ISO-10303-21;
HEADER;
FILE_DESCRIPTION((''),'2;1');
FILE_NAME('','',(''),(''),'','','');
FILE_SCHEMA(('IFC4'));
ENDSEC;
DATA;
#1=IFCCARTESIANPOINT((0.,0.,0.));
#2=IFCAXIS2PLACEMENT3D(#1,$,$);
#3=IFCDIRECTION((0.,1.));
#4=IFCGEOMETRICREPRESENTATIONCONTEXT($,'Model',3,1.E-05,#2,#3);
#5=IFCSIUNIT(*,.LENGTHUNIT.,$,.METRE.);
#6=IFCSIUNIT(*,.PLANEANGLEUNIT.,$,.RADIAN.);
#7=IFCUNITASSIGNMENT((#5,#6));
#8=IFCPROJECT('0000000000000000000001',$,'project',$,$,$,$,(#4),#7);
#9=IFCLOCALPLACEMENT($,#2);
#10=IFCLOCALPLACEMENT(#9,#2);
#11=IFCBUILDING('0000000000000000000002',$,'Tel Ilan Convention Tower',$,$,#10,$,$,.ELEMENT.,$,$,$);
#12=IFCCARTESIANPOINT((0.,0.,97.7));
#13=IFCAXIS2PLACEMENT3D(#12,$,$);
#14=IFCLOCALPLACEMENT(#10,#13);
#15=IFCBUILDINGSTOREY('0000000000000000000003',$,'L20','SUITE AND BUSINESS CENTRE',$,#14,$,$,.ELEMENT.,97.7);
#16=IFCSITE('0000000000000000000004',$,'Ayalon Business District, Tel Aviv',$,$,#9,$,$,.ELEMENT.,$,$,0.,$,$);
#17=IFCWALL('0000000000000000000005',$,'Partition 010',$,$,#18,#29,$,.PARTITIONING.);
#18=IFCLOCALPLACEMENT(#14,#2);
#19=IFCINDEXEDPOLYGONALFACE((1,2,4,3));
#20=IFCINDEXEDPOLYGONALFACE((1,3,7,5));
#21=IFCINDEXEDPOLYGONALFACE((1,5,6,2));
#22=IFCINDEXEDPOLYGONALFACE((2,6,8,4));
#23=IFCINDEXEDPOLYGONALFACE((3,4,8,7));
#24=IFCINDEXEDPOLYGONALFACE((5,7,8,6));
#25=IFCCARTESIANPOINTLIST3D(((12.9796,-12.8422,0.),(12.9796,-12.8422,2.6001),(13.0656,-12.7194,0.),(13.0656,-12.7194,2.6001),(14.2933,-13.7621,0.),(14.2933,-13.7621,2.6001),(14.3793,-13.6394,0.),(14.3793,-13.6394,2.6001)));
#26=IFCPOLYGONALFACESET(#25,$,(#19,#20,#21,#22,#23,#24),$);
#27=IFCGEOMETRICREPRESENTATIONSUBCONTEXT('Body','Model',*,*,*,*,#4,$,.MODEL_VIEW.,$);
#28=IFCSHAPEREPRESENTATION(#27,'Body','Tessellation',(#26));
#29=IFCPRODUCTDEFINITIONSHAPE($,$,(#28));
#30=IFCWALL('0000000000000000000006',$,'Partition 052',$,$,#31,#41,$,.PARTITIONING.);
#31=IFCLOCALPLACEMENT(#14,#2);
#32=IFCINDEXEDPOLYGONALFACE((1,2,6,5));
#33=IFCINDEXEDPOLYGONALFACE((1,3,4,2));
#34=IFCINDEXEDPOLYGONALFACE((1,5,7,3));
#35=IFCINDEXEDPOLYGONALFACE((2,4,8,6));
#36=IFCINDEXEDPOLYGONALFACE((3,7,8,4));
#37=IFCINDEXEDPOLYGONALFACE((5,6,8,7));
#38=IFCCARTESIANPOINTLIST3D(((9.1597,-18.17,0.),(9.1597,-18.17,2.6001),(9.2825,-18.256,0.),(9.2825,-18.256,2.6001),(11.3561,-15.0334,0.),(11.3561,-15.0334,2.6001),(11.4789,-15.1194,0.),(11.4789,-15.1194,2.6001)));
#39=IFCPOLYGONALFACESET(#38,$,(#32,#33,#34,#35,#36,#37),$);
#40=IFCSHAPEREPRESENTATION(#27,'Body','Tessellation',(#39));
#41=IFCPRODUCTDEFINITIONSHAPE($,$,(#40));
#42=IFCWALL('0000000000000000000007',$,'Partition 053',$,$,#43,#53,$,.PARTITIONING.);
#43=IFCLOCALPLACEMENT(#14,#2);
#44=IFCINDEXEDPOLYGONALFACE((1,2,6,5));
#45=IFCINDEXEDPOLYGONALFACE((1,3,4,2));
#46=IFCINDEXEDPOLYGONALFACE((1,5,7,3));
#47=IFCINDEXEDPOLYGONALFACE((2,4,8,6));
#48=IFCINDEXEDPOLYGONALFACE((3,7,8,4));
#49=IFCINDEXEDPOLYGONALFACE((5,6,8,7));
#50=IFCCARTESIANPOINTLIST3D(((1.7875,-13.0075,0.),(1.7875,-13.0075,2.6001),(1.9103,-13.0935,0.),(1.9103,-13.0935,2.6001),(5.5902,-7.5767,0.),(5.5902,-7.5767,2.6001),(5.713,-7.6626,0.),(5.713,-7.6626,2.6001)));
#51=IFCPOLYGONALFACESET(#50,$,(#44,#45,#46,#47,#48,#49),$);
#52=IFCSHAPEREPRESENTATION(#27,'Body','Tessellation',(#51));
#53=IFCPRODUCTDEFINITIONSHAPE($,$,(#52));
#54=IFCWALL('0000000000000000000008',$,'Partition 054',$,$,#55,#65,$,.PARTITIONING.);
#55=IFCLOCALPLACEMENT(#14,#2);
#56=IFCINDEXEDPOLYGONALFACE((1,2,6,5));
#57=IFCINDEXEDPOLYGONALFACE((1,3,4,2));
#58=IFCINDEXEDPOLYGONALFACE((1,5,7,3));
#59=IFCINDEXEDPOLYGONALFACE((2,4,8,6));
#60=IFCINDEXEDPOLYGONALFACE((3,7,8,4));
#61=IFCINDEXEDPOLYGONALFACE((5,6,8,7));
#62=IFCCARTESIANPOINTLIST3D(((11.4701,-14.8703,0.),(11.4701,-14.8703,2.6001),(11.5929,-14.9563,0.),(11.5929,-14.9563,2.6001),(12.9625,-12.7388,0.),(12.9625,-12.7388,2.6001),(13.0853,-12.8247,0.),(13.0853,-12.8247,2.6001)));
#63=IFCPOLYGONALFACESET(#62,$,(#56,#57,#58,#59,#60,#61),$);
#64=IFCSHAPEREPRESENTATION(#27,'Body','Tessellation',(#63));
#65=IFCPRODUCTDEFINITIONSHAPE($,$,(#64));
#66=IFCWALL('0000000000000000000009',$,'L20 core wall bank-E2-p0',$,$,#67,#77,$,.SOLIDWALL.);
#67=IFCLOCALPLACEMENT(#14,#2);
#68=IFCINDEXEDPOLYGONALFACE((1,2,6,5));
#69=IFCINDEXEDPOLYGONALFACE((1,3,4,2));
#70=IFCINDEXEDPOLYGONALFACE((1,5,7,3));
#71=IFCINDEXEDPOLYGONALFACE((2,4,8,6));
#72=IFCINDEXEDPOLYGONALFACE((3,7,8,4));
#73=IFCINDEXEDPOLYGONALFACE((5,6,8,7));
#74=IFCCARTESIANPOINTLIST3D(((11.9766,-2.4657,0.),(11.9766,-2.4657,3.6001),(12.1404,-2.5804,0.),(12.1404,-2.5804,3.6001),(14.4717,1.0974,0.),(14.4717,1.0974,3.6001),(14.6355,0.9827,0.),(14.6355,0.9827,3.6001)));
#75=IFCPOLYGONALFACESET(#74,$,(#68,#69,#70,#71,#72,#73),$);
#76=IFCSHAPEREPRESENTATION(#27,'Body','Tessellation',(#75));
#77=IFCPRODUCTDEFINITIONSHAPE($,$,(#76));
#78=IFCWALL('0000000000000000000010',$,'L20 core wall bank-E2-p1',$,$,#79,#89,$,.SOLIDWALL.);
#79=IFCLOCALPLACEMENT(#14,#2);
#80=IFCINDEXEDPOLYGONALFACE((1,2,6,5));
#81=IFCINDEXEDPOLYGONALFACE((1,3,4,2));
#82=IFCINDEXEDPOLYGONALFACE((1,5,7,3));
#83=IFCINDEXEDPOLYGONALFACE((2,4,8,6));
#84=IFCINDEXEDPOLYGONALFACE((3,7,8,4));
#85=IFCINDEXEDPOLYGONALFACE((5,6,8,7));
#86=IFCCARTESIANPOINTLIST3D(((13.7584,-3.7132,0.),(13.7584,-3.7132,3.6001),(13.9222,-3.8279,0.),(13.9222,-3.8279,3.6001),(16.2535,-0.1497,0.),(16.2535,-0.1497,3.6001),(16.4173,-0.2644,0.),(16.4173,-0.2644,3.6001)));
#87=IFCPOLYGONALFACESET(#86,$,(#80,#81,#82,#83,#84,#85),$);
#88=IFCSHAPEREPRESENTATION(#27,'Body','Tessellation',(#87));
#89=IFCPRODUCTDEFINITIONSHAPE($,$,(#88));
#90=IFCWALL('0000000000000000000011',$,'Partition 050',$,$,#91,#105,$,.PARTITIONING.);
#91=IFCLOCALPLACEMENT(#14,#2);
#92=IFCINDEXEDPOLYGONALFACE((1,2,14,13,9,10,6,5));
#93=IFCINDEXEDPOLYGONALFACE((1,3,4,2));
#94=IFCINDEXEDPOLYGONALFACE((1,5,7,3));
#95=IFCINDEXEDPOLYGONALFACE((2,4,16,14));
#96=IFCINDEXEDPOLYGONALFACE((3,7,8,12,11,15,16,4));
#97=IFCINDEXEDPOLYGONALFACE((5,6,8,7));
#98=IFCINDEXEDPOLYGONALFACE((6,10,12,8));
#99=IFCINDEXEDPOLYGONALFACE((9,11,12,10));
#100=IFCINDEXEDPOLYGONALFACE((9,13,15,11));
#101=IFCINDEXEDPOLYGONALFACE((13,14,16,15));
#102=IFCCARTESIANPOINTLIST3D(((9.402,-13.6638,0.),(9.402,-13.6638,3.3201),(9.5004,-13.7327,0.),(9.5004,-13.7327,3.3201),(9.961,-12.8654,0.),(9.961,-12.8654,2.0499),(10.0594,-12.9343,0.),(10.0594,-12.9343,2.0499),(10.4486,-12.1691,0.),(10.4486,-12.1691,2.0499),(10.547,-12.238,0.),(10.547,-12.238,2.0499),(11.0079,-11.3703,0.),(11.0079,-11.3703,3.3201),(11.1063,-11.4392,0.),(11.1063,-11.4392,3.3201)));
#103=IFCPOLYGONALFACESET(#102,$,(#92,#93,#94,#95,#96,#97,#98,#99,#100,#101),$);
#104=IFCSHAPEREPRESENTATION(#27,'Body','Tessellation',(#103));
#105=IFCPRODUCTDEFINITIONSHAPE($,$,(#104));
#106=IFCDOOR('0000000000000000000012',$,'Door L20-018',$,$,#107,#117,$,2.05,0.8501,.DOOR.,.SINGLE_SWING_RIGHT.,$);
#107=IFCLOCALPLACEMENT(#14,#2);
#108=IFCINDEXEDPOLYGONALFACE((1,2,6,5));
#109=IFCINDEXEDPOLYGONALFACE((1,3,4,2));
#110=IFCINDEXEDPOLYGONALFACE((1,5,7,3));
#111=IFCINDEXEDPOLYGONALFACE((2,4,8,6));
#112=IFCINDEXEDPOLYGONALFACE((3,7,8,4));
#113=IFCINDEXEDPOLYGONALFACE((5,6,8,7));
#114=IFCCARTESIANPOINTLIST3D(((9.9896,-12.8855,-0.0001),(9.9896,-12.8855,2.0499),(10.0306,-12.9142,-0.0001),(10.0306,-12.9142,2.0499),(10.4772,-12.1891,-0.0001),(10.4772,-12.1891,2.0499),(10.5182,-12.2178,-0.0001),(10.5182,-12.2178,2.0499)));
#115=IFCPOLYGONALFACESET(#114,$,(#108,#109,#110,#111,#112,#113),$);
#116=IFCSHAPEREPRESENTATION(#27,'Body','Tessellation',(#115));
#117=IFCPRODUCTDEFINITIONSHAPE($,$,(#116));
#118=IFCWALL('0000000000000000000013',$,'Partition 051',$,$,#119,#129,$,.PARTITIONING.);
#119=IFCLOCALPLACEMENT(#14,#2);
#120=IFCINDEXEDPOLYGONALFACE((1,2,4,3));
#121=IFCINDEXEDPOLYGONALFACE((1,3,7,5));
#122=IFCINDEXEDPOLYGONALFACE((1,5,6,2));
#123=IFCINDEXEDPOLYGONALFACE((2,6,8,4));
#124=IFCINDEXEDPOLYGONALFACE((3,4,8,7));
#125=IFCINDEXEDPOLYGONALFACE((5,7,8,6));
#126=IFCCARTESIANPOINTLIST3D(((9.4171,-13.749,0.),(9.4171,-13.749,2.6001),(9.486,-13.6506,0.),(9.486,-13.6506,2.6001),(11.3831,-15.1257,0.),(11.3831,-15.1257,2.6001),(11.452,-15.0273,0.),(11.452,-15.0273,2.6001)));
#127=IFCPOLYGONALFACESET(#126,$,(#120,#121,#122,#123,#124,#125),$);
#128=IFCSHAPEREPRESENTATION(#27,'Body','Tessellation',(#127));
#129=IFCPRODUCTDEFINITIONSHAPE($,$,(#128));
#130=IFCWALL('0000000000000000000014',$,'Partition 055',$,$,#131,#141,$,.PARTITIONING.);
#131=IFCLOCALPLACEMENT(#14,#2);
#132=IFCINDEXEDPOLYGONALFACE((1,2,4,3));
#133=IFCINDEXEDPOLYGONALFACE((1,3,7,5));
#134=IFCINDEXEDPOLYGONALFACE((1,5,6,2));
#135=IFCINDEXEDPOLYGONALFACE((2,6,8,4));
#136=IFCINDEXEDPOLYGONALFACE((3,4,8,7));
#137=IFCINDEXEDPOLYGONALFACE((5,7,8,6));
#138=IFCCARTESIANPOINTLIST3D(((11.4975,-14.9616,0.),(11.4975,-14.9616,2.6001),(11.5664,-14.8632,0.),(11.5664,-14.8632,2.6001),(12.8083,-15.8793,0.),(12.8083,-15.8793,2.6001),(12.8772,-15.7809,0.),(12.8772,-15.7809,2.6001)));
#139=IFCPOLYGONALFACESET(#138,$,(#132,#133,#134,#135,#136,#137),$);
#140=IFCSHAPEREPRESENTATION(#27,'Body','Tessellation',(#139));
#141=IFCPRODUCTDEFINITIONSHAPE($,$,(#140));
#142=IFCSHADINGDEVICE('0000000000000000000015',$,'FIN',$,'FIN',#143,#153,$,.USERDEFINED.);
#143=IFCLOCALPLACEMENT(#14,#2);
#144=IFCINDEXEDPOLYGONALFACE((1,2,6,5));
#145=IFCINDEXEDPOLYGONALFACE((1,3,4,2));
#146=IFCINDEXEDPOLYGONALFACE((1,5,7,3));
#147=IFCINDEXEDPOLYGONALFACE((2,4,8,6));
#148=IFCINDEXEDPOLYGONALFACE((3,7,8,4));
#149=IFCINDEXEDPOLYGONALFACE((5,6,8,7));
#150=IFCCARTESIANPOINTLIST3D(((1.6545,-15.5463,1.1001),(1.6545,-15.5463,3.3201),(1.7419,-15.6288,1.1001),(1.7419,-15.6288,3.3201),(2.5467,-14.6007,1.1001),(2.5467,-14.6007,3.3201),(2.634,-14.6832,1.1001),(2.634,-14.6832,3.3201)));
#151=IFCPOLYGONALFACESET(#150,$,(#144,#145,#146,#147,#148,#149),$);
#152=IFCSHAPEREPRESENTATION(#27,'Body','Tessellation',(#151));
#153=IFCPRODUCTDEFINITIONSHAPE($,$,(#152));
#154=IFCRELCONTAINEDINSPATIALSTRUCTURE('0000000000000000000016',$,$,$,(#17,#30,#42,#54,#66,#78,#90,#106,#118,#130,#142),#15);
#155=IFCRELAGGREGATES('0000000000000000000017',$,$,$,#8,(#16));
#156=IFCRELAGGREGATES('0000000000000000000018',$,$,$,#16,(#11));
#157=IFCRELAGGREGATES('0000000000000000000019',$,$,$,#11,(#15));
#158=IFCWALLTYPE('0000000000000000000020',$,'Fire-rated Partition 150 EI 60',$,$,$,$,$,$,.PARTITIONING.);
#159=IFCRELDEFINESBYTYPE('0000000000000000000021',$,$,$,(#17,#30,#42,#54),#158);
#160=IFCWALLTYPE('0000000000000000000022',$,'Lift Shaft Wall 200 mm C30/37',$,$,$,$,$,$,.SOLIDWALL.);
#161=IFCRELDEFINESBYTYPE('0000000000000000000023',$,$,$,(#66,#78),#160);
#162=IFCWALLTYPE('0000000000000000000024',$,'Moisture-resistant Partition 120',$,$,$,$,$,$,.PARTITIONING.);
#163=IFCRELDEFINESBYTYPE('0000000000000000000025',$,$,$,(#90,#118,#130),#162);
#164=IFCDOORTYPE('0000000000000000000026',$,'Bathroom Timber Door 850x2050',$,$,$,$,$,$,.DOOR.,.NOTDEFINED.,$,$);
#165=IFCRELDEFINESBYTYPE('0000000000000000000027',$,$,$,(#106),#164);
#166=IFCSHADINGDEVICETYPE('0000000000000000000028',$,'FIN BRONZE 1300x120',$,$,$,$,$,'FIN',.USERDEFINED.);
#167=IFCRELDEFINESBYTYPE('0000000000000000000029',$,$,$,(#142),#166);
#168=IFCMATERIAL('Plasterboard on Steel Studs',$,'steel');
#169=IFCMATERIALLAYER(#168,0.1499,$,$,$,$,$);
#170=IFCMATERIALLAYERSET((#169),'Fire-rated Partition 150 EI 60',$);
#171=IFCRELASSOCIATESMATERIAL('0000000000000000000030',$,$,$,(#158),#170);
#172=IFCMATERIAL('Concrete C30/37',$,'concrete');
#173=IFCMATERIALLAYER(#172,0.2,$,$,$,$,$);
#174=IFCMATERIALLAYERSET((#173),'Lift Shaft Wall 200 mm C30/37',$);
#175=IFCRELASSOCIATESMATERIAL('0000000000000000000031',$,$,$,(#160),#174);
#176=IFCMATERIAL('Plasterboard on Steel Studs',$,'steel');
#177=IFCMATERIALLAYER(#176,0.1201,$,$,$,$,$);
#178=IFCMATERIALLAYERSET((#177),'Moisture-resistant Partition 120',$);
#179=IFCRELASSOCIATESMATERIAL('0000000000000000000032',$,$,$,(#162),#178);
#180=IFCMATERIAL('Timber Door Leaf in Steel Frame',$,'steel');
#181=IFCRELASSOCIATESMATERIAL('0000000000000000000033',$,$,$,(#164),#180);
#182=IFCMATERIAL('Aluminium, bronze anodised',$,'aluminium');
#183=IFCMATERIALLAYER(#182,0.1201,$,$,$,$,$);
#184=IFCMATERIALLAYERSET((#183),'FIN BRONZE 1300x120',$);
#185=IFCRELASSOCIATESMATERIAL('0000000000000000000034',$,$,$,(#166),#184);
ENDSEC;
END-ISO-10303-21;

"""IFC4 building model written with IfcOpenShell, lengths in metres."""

from ifc_helpers import new_model, si_unit, direction, frame, frame_2d, origin, origin_2d, place, context, subcontext, project, spatial, rectangle, extrude, material, layer, layer_set, type_object, element, fill, save


model = new_model("IFC4")

# Units and contexts
model_context = context("Model", 3, precision=1e-05, world=origin(), true_north=direction((0.0, 1.0)))
body_context = subcontext(model_context, "Body", "Model", "MODEL_VIEW")
ifc_project = project(units=[si_unit("LENGTHUNIT", "METRE"), si_unit("PLANEANGLEUNIT", "RADIAN")], contexts=[model_context])

# Site, building, storey
site_placement = place(None, origin())
site = spatial("IfcSite", under=ifc_project, at=site_placement, Name="Ayalon Business District, Tel Aviv", CompositionType="ELEMENT", RefElevation=0.0)
building_placement = place(site_placement, origin())
building = spatial("IfcBuilding", under=site, at=building_placement, Name="Tel Ilan Convention Tower", CompositionType="ELEMENT")
storey_placement = place(building_placement, frame((0.0, 0.0, 97.7)))
storey = spatial("IfcBuildingStorey", under=building, at=storey_placement, Name="L20", Description="SUITE AND BUSINESS CENTRE", CompositionType="ELEMENT", Elevation=97.7)

# Shared definitions
ifc_material_1 = material(Name="Plasterboard on Steel Studs", Category="steel")
ifc_layer_1 = layer(ifc_material_1, 0.1499)
ifc_layer_set_1 = layer_set([ifc_layer_1], Name="Fire-rated Partition 150 EI 60")
wall_type_1 = type_object("IfcWallType", Name="Fire-rated Partition 150 EI 60", PredefinedType="PARTITIONING", material=ifc_layer_set_1)

# Walls
wall_1_placement = place(storey_placement, frame((14.3362, -13.7007, 0.0), z_axis=(0.0, 0.0, 1.0), x_axis=(-0.819139, 0.573595, 0.0)))
element("IfcWall", 1, at=wall_1_placement, inside=storey, type_object=wall_type_1, Name="Partition 010", PredefinedType="PARTITIONING", context=body_context, shape_type="SweptSolid", body=[
    extrude(rectangle(XDim=1.6038, YDim=0.1499, at=frame_2d((0.8018, 0.0))), origin(), (0.0, 0.0, 1.0), 2.6001),
])
wall_2_placement = place(storey_placement, frame((11.4175, -15.0764, 0.0), z_axis=(0.0, 0.0, 1.0), x_axis=(-0.573595, -0.819139, 0.0)))
element("IfcWall", 2, at=wall_2_placement, inside=storey, type_object=wall_type_1, Name="Partition 052", PredefinedType="PARTITIONING", context=body_context, shape_type="SweptSolid", body=[
    extrude(rectangle(XDim=3.8291, YDim=0.1499, at=frame_2d((1.9146, 0.0))), origin(), (0.0, 0.0, 1.0), 2.6001),
])
wall_3_placement = place(storey_placement, frame((1.8489, -13.0505, 0.0), z_axis=(0.0, 0.0, 1.0), x_axis=(0.573574, 0.819154, 0.0)))
element("IfcWall", 3, at=wall_3_placement, inside=storey, type_object=wall_type_1, Name="Partition 053", PredefinedType="PARTITIONING", context=body_context, shape_type="SweptSolid", body=[
    extrude(rectangle(XDim=6.6299, YDim=0.1499, at=frame_2d((3.3149, 0.0))), origin(), (0.0, 0.0, 1.0), 2.6001),
])
wall_4_placement = place(storey_placement, frame((13.0239, -12.7817, 0.0), z_axis=(0.0, 0.0, 1.0), x_axis=(-0.573544, -0.819175, 0.0)))
element("IfcWall", 4, at=wall_4_placement, inside=storey, type_object=wall_type_1, Name="Partition 054", PredefinedType="PARTITIONING", context=body_context, shape_type="SweptSolid", body=[
    extrude(rectangle(XDim=2.6021, YDim=0.1499, at=frame_2d((1.301, 0.0))), origin(), (0.0, 0.0, 1.0), 2.6001),
])
ifc_material_2 = material(Name="Concrete C30/37", Category="concrete")
ifc_layer_2 = layer(ifc_material_2, 0.2)
ifc_layer_set_2 = layer_set([ifc_layer_2], Name="Lift Shaft Wall 200 mm C30/37")
wall_type_2 = type_object("IfcWallType", Name="Lift Shaft Wall 200 mm C30/37", PredefinedType="SOLIDWALL", material=ifc_layer_set_2)
wall_5_placement = place(storey_placement, frame((12.0586, -2.5229, 0.0), z_axis=(0.0, 0.0, 1.0), x_axis=(0.573594, 0.81914, 0.0)))
element("IfcWall", 5, at=wall_5_placement, inside=storey, type_object=wall_type_2, Name="L20 core wall bank-E2-p0", PredefinedType="SOLIDWALL", context=body_context, shape_type="SweptSolid", body=[
    extrude(rectangle(XDim=4.3499, YDim=0.2, at=frame_2d((2.1748, 0.0))), origin(), (0.0, 0.0, 1.0), 3.6001),
])
wall_6_placement = place(storey_placement, frame((13.8403, -3.7705, 0.0), z_axis=(0.0, 0.0, 1.0), x_axis=(0.573568, 0.819158, 0.0)))
element("IfcWall", 6, at=wall_6_placement, inside=storey, type_object=wall_type_2, Name="L20 core wall bank-E2-p1", PredefinedType="SOLIDWALL", context=body_context, shape_type="SweptSolid", body=[
    extrude(rectangle(XDim=4.3501, YDim=0.2, at=frame_2d((2.175, 0.0))), origin(), (0.0, 0.0, 1.0), 3.6001),
])

# Wall, opening, door
ifc_material_3 = material(Name="Plasterboard on Steel Studs", Category="steel")
ifc_layer_3 = layer(ifc_material_3, 0.1201)
ifc_layer_set_3 = layer_set([ifc_layer_3], Name="Moisture-resistant Partition 120")
wall_type_3 = type_object("IfcWallType", Name="Moisture-resistant Partition 120", PredefinedType="PARTITIONING", material=ifc_layer_set_3)
wall_7_placement = place(storey_placement, frame((11.0571, -11.4048, 0.0), z_axis=(0.0, 0.0, 1.0), x_axis=(-0.573591, -0.819142, 0.0)))
wall_7 = element("IfcWall", 7, at=wall_7_placement, inside=storey, type_object=wall_type_3, Name="Partition 050", PredefinedType="PARTITIONING", context=body_context, shape_type="SweptSolid", body=[
    extrude(rectangle(XDim=2.7998, YDim=0.1201, at=frame_2d((1.3999, 0.0))), origin(), (0.0, 0.0, 1.0), 3.3201),
])
opening_1_placement = place(wall_7_placement, frame((0.9751, 0.0, 0.0)))
opening_1 = element("IfcOpeningElement", 8, at=opening_1_placement, cuts=wall_7, PredefinedType="OPENING", context=body_context, shape_type="SweptSolid", body=[
    extrude(rectangle(XDim=0.8501, YDim=2.05, at=frame_2d((0.425, 1.0249))), frame((0.0, 0.0701, 0.0), z_axis=(0.0, -1.0, 0.0), x_axis=(1.0, 0.0, 0.0)), (0.0, 0.0, 1.0), 0.1401),
])
ifc_material_4 = material(Name="Timber Door Leaf in Steel Frame", Category="steel")
door_type_1 = type_object("IfcDoorType", Name="Bathroom Timber Door 850x2050", OperationType="NOTDEFINED", PredefinedType="DOOR", material=ifc_material_4)
door_1_placement = place(opening_1_placement, origin())
door_1 = element("IfcDoor", 9, at=door_1_placement, inside=storey, type_object=door_type_1, Name="Door L20-018", OperationType="SINGLE_SWING_RIGHT", OverallHeight=2.05, OverallWidth=0.8501, PredefinedType="DOOR", context=body_context, shape_type="SweptSolid", body=[
    extrude(rectangle(XDim=0.8501, YDim=2.05, at=frame_2d((0.425, 1.0249))), frame((0.0, 0.0249, 0.0), z_axis=(0.0, -1.0, 0.0), x_axis=(1.0, 0.0, 0.0)), (0.0, 0.0, 1.0), 0.05),
])
fill(opening_1, door_1)

# Walls
wall_8_placement = place(storey_placement, frame((9.4514, -13.6997, 0.0), z_axis=(0.0, 0.0, 1.0), x_axis=(0.819141, -0.573592, 0.0)))
element("IfcWall", 10, at=wall_8_placement, inside=storey, type_object=wall_type_3, Name="Partition 051", PredefinedType="PARTITIONING", context=body_context, shape_type="SweptSolid", body=[
    extrude(rectangle(XDim=2.4001, YDim=0.1201, at=frame_2d((1.2002, 0.0))), origin(), (0.0, 0.0, 1.0), 2.6001),
])
wall_9_placement = place(storey_placement, frame((11.532, -14.9124, 0.0), z_axis=(0.0, 0.0, 1.0), x_axis=(0.819182, -0.573534, 0.0)))
element("IfcWall", 11, at=wall_9_placement, inside=storey, type_object=wall_type_3, Name="Partition 055", PredefinedType="PARTITIONING", context=body_context, shape_type="SweptSolid", body=[
    extrude(rectangle(XDim=1.6001, YDim=0.1201, at=frame_2d((0.8, 0.0))), origin(), (0.0, 0.0, 1.0), 2.6001),
])

# Shading device
ifc_material_5 = material(Name="Aluminium, bronze anodised", Category="aluminium")
ifc_layer_4 = layer(ifc_material_5, 0.1201)
ifc_layer_set_4 = layer_set([ifc_layer_4], Name="FIN BRONZE 1300x120")
shading_device_type = type_object("IfcShadingDeviceType", Name="FIN BRONZE 1300x120", ElementType="FIN", PredefinedType="USERDEFINED", material=ifc_layer_set_4)
shading_device_placement = place(storey_placement, frame((2.1443, -15.1147, 1.1001), z_axis=(0.0, 0.0, 1.0), x_axis=(-0.686242, -0.727374, 0.0)))
element("IfcShadingDevice", 12, at=shading_device_placement, inside=storey, type_object=shading_device_type, Name="FIN", ObjectType="FIN", PredefinedType="USERDEFINED", context=body_context, shape_type="SweptSolid", body=[
    extrude(rectangle(XDim=1.3, YDim=0.1201, at=origin_2d()), origin(), (0.0, 0.0, 1.0), 2.22),
])

save(model, "model.ifc")
